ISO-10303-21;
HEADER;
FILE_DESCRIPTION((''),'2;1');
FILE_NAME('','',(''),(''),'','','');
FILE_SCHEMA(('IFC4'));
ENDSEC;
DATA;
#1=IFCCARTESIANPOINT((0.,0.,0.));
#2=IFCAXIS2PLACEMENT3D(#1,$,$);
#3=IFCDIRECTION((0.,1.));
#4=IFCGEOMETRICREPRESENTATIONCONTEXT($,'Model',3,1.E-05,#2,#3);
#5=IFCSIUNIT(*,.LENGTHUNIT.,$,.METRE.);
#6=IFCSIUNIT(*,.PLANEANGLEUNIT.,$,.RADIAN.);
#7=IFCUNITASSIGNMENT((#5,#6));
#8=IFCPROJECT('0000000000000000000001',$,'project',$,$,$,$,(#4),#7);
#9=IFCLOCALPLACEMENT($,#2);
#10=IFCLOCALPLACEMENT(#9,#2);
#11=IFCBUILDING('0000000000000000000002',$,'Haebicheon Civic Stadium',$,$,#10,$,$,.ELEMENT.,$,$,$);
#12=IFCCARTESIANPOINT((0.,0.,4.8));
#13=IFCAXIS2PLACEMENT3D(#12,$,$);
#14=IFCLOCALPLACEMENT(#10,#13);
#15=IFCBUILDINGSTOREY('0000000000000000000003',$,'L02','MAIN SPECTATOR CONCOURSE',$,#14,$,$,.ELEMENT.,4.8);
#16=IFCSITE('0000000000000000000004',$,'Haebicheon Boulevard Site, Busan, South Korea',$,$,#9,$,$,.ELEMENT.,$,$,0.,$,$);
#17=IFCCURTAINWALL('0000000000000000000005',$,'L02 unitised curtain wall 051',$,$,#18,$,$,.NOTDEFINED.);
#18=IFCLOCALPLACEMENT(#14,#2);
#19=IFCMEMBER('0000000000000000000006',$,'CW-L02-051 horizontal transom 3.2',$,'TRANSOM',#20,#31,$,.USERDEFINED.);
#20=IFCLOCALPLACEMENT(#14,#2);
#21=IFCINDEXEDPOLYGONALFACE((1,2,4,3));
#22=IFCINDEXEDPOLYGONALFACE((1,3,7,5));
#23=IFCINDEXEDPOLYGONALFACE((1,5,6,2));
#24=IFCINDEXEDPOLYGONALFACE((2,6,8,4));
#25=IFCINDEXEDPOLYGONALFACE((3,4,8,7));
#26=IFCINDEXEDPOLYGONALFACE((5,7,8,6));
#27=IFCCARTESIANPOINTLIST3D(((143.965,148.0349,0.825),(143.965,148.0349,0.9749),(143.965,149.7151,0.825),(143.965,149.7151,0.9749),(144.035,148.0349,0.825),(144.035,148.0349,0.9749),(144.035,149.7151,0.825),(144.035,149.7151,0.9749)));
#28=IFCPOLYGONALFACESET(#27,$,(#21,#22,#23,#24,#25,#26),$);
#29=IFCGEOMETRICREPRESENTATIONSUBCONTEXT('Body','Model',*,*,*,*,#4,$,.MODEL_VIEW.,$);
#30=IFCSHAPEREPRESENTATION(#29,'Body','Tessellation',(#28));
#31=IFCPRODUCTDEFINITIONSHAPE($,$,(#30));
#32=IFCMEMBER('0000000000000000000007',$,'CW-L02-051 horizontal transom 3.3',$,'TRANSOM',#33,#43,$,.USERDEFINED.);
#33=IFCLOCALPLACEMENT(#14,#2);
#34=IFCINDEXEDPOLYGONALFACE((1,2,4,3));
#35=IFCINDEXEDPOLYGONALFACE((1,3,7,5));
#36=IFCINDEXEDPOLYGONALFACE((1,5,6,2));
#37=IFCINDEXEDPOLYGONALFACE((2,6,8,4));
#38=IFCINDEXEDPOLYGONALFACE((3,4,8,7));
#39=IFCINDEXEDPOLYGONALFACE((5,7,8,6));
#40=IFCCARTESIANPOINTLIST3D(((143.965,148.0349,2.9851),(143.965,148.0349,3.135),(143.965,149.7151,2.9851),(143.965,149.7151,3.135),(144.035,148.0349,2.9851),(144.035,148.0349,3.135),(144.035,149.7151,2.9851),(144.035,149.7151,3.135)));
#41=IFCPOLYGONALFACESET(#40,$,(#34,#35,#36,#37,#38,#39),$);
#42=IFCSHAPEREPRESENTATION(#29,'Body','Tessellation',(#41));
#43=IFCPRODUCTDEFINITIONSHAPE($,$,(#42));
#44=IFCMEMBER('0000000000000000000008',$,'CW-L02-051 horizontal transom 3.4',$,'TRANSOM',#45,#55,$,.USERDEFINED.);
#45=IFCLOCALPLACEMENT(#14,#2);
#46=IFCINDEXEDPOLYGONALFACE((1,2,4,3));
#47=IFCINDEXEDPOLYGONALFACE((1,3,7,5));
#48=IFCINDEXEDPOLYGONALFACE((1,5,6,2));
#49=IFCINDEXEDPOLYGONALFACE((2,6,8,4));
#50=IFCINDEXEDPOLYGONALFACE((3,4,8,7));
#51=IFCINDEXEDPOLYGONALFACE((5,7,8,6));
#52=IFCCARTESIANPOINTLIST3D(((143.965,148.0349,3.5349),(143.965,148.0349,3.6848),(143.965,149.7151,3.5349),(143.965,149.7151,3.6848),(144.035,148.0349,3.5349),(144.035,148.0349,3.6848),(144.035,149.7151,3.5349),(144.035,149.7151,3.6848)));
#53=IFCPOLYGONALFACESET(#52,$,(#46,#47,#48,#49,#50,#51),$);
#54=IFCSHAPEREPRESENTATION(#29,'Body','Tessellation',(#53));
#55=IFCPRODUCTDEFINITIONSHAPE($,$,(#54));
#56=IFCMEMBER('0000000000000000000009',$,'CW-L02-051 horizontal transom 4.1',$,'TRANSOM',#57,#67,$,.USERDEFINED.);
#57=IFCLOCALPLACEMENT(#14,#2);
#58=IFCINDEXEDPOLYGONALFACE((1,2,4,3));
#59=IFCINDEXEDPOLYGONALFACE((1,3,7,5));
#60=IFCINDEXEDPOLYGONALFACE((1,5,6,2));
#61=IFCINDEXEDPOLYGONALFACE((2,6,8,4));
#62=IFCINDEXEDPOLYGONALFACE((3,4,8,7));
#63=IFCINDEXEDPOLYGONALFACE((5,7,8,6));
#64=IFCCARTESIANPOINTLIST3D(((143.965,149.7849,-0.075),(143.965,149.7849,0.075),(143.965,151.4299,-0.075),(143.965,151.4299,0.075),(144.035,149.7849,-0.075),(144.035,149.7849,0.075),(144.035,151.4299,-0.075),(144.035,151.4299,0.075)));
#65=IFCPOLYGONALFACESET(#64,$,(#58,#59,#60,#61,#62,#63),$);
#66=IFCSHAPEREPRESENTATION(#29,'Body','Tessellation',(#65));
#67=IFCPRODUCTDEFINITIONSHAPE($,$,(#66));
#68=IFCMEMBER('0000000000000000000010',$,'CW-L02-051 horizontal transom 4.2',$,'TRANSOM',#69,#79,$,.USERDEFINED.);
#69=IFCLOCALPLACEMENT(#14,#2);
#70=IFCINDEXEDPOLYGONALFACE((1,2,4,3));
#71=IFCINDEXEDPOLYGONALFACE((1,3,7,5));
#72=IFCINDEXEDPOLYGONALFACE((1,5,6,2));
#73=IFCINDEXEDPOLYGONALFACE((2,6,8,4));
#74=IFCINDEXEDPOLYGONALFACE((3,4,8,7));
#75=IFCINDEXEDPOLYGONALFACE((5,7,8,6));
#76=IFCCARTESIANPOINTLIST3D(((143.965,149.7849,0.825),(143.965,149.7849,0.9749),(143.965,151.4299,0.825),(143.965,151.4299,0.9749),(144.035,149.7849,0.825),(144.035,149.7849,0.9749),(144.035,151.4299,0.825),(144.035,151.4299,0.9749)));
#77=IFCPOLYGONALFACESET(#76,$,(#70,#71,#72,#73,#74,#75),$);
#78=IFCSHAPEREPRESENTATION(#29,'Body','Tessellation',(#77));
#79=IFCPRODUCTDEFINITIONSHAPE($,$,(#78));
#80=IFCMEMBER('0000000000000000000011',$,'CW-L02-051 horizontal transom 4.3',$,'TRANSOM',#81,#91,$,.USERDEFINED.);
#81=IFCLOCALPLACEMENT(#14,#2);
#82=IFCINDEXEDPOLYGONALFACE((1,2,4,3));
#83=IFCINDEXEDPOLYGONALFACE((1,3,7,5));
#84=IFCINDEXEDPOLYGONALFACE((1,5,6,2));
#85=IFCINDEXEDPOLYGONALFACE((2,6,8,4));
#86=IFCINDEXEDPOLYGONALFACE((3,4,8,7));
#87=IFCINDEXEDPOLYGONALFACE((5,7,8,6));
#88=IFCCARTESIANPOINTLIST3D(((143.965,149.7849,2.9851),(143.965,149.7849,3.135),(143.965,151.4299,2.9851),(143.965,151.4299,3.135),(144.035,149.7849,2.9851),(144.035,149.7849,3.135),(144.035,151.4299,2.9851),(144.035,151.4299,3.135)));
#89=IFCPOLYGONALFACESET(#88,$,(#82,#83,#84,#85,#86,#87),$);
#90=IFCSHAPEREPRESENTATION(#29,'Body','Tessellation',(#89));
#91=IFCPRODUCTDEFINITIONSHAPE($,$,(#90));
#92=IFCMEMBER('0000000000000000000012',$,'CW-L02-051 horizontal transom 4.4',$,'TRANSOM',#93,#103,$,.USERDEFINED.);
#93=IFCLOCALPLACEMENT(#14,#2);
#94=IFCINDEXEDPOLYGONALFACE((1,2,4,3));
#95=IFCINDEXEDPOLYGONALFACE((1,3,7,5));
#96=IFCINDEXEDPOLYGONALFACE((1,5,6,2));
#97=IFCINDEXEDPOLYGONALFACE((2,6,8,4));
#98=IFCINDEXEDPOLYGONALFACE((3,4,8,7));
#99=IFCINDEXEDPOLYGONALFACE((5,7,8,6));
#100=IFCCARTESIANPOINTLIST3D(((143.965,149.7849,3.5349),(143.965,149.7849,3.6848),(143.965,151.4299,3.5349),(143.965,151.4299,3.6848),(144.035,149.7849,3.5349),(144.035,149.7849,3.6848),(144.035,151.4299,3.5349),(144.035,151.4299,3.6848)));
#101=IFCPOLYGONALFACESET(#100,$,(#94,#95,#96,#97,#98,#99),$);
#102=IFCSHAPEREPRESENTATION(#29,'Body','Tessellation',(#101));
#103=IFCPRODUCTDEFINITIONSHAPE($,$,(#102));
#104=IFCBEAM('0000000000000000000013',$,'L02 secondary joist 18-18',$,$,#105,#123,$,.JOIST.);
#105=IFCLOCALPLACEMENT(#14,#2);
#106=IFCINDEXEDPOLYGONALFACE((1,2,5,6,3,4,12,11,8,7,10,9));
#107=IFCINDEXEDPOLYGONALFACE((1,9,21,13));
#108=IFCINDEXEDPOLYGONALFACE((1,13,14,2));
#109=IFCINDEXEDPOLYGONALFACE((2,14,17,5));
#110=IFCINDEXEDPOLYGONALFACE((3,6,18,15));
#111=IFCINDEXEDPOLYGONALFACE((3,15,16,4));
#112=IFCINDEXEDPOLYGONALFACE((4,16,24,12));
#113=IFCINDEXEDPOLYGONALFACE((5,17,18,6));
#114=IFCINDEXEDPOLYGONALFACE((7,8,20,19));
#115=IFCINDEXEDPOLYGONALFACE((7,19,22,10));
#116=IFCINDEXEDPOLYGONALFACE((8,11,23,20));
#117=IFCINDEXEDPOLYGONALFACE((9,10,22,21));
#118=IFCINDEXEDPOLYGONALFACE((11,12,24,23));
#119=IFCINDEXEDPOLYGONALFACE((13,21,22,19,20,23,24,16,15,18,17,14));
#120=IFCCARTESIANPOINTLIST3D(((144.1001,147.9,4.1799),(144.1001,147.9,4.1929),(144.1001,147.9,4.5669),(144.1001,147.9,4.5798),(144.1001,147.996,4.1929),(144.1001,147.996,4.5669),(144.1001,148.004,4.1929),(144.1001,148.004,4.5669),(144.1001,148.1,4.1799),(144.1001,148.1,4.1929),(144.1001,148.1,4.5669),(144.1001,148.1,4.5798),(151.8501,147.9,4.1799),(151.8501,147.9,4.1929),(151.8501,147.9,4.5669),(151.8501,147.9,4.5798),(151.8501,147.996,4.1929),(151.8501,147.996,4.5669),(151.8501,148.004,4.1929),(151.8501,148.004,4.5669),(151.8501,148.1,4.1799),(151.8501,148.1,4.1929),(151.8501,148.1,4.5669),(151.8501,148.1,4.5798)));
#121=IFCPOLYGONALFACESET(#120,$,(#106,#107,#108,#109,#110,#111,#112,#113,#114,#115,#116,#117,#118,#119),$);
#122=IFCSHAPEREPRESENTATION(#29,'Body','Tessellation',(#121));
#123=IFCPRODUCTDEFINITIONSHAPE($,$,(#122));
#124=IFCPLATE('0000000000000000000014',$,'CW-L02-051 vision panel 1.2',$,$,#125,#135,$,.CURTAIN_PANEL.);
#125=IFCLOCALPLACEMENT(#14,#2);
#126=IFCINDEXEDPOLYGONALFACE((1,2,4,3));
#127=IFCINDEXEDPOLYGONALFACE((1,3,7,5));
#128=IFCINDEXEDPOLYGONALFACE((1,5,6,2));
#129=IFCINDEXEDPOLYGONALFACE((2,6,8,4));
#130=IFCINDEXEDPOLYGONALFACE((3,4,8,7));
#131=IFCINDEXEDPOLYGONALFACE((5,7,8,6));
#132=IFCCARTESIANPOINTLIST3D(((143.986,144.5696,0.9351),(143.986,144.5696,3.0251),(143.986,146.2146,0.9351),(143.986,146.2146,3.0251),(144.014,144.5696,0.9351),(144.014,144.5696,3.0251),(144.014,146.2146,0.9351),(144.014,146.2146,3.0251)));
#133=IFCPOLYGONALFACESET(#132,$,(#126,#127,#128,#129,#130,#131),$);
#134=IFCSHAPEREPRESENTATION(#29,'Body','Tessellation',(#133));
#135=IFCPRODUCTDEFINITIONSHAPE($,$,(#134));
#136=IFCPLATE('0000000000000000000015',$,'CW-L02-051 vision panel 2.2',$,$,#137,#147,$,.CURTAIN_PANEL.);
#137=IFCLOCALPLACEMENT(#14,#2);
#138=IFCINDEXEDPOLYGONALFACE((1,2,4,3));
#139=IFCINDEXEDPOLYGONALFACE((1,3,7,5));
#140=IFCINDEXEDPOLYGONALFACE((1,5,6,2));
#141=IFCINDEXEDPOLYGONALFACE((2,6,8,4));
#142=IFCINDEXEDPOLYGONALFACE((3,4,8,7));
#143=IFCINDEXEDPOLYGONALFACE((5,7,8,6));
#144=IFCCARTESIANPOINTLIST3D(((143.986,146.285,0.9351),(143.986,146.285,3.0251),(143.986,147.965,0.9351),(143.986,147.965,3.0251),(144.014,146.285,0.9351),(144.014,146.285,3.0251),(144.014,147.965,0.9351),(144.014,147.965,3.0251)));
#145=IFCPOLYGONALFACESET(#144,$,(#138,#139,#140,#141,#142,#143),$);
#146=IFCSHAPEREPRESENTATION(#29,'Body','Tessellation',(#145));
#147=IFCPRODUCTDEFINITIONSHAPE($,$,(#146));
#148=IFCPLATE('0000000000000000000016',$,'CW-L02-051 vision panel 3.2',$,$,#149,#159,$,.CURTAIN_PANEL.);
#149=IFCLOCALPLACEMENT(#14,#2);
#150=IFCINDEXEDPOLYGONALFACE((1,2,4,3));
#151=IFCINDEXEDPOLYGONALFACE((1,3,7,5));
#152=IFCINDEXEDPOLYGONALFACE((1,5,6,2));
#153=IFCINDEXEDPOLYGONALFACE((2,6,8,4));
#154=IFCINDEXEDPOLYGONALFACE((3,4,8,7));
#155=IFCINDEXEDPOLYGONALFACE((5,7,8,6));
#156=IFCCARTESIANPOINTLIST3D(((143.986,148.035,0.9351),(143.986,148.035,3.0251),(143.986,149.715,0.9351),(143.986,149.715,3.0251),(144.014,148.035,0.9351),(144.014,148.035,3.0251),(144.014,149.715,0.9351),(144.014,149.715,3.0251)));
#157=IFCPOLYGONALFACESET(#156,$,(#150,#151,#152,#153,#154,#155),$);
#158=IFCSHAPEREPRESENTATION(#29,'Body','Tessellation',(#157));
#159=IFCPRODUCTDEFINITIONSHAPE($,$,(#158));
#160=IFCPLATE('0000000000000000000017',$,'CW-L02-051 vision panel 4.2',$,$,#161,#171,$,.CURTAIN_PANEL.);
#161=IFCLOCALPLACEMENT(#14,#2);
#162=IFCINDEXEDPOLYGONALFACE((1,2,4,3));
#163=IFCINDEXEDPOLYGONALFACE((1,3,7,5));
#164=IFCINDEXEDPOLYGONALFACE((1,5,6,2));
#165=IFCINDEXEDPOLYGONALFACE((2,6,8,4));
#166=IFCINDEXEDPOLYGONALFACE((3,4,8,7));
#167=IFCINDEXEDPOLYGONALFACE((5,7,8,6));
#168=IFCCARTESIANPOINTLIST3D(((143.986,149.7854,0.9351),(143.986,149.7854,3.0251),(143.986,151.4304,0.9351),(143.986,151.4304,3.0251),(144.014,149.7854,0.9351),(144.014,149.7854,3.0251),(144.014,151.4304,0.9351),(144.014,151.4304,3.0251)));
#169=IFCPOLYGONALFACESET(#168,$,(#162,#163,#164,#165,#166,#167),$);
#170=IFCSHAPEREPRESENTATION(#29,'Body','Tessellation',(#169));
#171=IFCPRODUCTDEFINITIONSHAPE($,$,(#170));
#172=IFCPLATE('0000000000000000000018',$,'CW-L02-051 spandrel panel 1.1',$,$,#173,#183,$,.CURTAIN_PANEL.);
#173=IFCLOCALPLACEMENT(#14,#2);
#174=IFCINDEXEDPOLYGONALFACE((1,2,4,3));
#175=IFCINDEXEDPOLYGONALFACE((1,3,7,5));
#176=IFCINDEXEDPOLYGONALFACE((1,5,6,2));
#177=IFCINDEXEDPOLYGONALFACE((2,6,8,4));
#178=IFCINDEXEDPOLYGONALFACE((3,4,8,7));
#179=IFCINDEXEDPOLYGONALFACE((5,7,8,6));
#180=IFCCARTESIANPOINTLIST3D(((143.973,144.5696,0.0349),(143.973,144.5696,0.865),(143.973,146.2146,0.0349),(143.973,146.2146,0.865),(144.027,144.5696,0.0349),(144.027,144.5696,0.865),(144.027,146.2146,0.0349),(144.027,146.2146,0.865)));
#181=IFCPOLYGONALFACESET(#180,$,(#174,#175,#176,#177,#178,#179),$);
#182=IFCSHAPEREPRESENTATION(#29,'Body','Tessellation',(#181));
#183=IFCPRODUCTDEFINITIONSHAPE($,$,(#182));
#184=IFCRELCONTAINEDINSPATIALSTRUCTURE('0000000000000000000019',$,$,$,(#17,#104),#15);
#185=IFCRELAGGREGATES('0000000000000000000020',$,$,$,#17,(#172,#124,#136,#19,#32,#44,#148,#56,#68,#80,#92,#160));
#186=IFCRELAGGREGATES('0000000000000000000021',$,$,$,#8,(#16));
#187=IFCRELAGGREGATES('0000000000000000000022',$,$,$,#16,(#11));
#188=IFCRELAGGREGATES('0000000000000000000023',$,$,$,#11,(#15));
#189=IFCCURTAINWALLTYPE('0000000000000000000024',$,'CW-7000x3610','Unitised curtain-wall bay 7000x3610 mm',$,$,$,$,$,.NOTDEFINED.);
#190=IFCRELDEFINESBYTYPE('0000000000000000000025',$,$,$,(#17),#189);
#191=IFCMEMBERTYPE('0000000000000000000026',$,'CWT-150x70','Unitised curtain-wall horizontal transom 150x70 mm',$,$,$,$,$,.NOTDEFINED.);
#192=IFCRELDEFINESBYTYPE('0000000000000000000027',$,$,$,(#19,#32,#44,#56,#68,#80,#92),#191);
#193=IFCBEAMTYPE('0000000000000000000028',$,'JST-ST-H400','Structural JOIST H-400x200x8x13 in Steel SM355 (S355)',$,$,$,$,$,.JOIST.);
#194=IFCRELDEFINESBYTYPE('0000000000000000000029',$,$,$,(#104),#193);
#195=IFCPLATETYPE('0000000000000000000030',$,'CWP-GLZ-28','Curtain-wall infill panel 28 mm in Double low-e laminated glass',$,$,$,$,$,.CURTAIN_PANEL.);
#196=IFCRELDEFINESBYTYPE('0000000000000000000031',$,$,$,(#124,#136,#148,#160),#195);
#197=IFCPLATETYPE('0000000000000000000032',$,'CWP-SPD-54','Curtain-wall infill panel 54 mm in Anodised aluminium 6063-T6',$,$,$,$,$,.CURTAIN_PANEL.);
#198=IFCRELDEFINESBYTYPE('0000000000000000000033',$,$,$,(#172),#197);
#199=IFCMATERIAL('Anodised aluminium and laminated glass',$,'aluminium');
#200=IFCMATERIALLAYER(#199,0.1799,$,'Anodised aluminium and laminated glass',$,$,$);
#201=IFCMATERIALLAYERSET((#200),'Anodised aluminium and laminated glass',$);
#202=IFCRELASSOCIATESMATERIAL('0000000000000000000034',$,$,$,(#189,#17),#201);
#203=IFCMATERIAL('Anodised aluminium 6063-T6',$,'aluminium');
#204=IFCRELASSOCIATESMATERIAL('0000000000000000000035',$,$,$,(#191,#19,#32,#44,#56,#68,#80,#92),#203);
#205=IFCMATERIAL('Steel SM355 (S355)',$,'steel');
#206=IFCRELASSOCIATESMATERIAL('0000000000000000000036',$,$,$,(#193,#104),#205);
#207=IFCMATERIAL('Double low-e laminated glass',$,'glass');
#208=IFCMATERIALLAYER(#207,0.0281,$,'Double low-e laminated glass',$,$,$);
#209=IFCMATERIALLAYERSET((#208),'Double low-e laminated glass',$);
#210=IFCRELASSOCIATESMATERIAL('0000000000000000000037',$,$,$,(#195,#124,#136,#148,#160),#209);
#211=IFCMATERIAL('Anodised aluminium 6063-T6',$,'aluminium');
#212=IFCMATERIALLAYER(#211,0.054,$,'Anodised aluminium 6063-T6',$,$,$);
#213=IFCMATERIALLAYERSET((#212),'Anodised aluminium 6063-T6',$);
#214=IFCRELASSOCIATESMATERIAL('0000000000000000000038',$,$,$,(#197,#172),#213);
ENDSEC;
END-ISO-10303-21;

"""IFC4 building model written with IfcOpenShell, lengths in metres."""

from ifc_helpers import new_model, si_unit, direction, frame, origin, origin_2d, place, context, subcontext, project, spatial, rectangle, i_section, extrude, material, layer, layer_set, material_profile, profile_set, type_object, element, aggregate, save


model = new_model("IFC4")

# Units and contexts
model_context = context("Model", 3, precision=1e-05, world=origin(), true_north=direction((0.0, 1.0)))
body_context = subcontext(model_context, "Body", "Model", "MODEL_VIEW")
ifc_project = project(units=[si_unit("LENGTHUNIT", "METRE"), si_unit("PLANEANGLEUNIT", "RADIAN")], contexts=[model_context])

# Site, building, storey
site_placement = place(None, origin())
site = spatial("IfcSite", under=ifc_project, at=site_placement, Name="Haebicheon Boulevard Site, Busan, South Korea", CompositionType="ELEMENT", RefElevation=0.0)
building_placement = place(site_placement, origin())
building = spatial("IfcBuilding", under=site, at=building_placement, Name="Haebicheon Civic Stadium", CompositionType="ELEMENT")
storey_placement = place(building_placement, frame((0.0, 0.0, 4.8)))
storey = spatial("IfcBuildingStorey", under=building, at=storey_placement, Name="L02", Description="MAIN SPECTATOR CONCOURSE", CompositionType="ELEMENT", Elevation=4.8)

# Curtain wall, members
ifc_material_1 = material(Name="Anodised aluminium and laminated glass", Category="aluminium")
ifc_layer_1 = layer(ifc_material_1, 0.1799, Name="Anodised aluminium and laminated glass")
ifc_layer_set_1 = layer_set([ifc_layer_1], Name="Anodised aluminium and laminated glass")
curtain_wall_type = type_object("IfcCurtainWallType", Name="CW-7000x3610", Description="Unitised curtain-wall bay 7000x3610 mm", PredefinedType="NOTDEFINED", material=ifc_layer_set_1)
curtain_wall_placement = place(storey_placement, origin())
curtain_wall = element("IfcCurtainWall", 1, at=curtain_wall_placement, inside=storey, type_object=curtain_wall_type, material=ifc_layer_set_1, Name="L02 unitised curtain wall 051", PredefinedType="NOTDEFINED")
ifc_material_2 = material(Name="Anodised aluminium 6063-T6", Category="aluminium")
ifc_material_profile_1 = material_profile(ifc_material_2, rectangle(XDim=0.0701, YDim=0.1499, at=origin_2d()), Name="ALU-TRAN-70x150")
ifc_profile_set_1 = profile_set([ifc_material_profile_1], Name="Anodised aluminium 6063-T6")
member_type_1 = type_object("IfcMemberType", Name="CWT-150x70", Description="Unitised curtain-wall horizontal transom 150x70 mm", PredefinedType="NOTDEFINED", material=ifc_profile_set_1)
member_1_placement = place(storey_placement, frame((144.0, 148.0349, 0.8999), z_axis=(0.0, 1.0, 0.0), x_axis=(-1.0, 0.0, 0.0)))
member_1 = element("IfcMember", 2, at=member_1_placement, type_object=member_type_1, material=ifc_profile_set_1, Name="CW-L02-051 horizontal transom 3.2", ObjectType="TRANSOM", PredefinedType="USERDEFINED", context=body_context, shape_type="SweptSolid", body=[
    extrude(rectangle(XDim=0.0701, YDim=0.1499, at=origin_2d()), origin(), (0.0, 0.0, 1.0), 1.6802),
])
member_2_placement = place(storey_placement, frame((144.0, 148.0349, 3.0601), z_axis=(0.0, 1.0, 0.0), x_axis=(-1.0, 0.0, 0.0)))
member_2 = element("IfcMember", 3, at=member_2_placement, type_object=member_type_1, material=ifc_profile_set_1, Name="CW-L02-051 horizontal transom 3.3", ObjectType="TRANSOM", PredefinedType="USERDEFINED", context=body_context, shape_type="SweptSolid", body=[
    extrude(rectangle(XDim=0.0701, YDim=0.1499, at=origin_2d()), origin(), (0.0, 0.0, 1.0), 1.6802),
])
member_3_placement = place(storey_placement, frame((144.0, 148.0349, 3.6099), z_axis=(0.0, 1.0, 0.0), x_axis=(-1.0, 0.0, 0.0)))
member_3 = element("IfcMember", 4, at=member_3_placement, type_object=member_type_1, material=ifc_profile_set_1, Name="CW-L02-051 horizontal transom 3.4", ObjectType="TRANSOM", PredefinedType="USERDEFINED", context=body_context, shape_type="SweptSolid", body=[
    extrude(rectangle(XDim=0.0701, YDim=0.1499, at=origin_2d()), origin(), (0.0, 0.0, 1.0), 1.6802),
])
member_4_placement = place(storey_placement, frame((144.0, 149.7849, 0.0), z_axis=(0.0, 1.0, 0.0), x_axis=(-1.0, 0.0, 0.0)))
member_4 = element("IfcMember", 5, at=member_4_placement, type_object=member_type_1, material=ifc_profile_set_1, Name="CW-L02-051 horizontal transom 4.1", ObjectType="TRANSOM", PredefinedType="USERDEFINED", context=body_context, shape_type="SweptSolid", body=[
    extrude(rectangle(XDim=0.0701, YDim=0.1499, at=origin_2d()), origin(), (0.0, 0.0, 1.0), 1.645),
])
member_5_placement = place(storey_placement, frame((144.0, 149.7849, 0.8999), z_axis=(0.0, 1.0, 0.0), x_axis=(-1.0, 0.0, 0.0)))
member_5 = element("IfcMember", 6, at=member_5_placement, type_object=member_type_1, material=ifc_profile_set_1, Name="CW-L02-051 horizontal transom 4.2", ObjectType="TRANSOM", PredefinedType="USERDEFINED", context=body_context, shape_type="SweptSolid", body=[
    extrude(rectangle(XDim=0.0701, YDim=0.1499, at=origin_2d()), origin(), (0.0, 0.0, 1.0), 1.645),
])
member_6_placement = place(storey_placement, frame((144.0, 149.7849, 3.0601), z_axis=(0.0, 1.0, 0.0), x_axis=(-1.0, 0.0, 0.0)))
member_6 = element("IfcMember", 7, at=member_6_placement, type_object=member_type_1, material=ifc_profile_set_1, Name="CW-L02-051 horizontal transom 4.3", ObjectType="TRANSOM", PredefinedType="USERDEFINED", context=body_context, shape_type="SweptSolid", body=[
    extrude(rectangle(XDim=0.0701, YDim=0.1499, at=origin_2d()), origin(), (0.0, 0.0, 1.0), 1.645),
])
member_7_placement = place(storey_placement, frame((144.0, 149.7849, 3.6099), z_axis=(0.0, 1.0, 0.0), x_axis=(-1.0, 0.0, 0.0)))
member_7 = element("IfcMember", 8, at=member_7_placement, type_object=member_type_1, material=ifc_profile_set_1, Name="CW-L02-051 horizontal transom 4.4", ObjectType="TRANSOM", PredefinedType="USERDEFINED", context=body_context, shape_type="SweptSolid", body=[
    extrude(rectangle(XDim=0.0701, YDim=0.1499, at=origin_2d()), origin(), (0.0, 0.0, 1.0), 1.645),
])

# Beam
ifc_material_3 = material(Name="Steel SM355 (S355)", Category="steel")
ifc_material_profile_2 = material_profile(ifc_material_3, i_section(OverallWidth=0.2, OverallDepth=0.3999, WebThickness=0.0081, FlangeThickness=0.0129, at=origin_2d()), Name="H-400x200x8x13")
ifc_profile_set_2 = profile_set([ifc_material_profile_2], Name="Steel SM355 (S355)")
beam_type = type_object("IfcBeamType", Name="JST-ST-H400", Description="Structural JOIST H-400x200x8x13 in Steel SM355 (S355)", PredefinedType="JOIST", material=ifc_profile_set_2)
beam_placement = place(storey_placement, frame((144.1001, 148.0, 4.3799), z_axis=(1.0, 0.0, 0.0), x_axis=(0.0, 1.0, 0.0)))
element("IfcBeam", 9, at=beam_placement, inside=storey, type_object=beam_type, material=ifc_profile_set_2, Name="L02 secondary joist 18-18", PredefinedType="JOIST", context=body_context, shape_type="SweptSolid", body=[
    extrude(i_section(OverallWidth=0.2, OverallDepth=0.3999, WebThickness=0.0081, FlangeThickness=0.0129, at=origin_2d()), origin(), (0.0, 0.0, 1.0), 7.75),
])

# Plates
ifc_material_4 = material(Name="Double low-e laminated glass", Category="glass")
ifc_layer_2 = layer(ifc_material_4, 0.0281, Name="Double low-e laminated glass")
ifc_layer_set_2 = layer_set([ifc_layer_2], Name="Double low-e laminated glass")
plate_type_1 = type_object("IfcPlateType", Name="CWP-GLZ-28", Description="Curtain-wall infill panel 28 mm in Double low-e laminated glass", PredefinedType="CURTAIN_PANEL", material=ifc_layer_set_2)
plate_1_placement = place(storey_placement, frame((144.0, 145.3921, 0.9351), z_axis=(0.0, 0.0, 1.0), x_axis=(0.0, 1.0, 0.0)))
plate_1 = element("IfcPlate", 10, at=plate_1_placement, type_object=plate_type_1, material=ifc_layer_set_2, Name="CW-L02-051 vision panel 1.2", PredefinedType="CURTAIN_PANEL", context=body_context, shape_type="SweptSolid", body=[
    extrude(rectangle(XDim=1.645, YDim=0.0281, at=origin_2d()), origin(), (0.0, 0.0, 1.0), 2.0901),
])
plate_2_placement = place(storey_placement, frame((144.0, 147.125, 0.9351), z_axis=(0.0, 0.0, 1.0), x_axis=(0.0, 1.0, 0.0)))
plate_2 = element("IfcPlate", 11, at=plate_2_placement, type_object=plate_type_1, material=ifc_layer_set_2, Name="CW-L02-051 vision panel 2.2", PredefinedType="CURTAIN_PANEL", context=body_context, shape_type="SweptSolid", body=[
    extrude(rectangle(XDim=1.6799, YDim=0.0281, at=origin_2d()), origin(), (0.0, 0.0, 1.0), 2.0901),
])
plate_3_placement = place(storey_placement, frame((144.0, 148.875, 0.9351), z_axis=(0.0, 0.0, 1.0), x_axis=(0.0, 1.0, 0.0)))
plate_3 = element("IfcPlate", 12, at=plate_3_placement, type_object=plate_type_1, material=ifc_layer_set_2, Name="CW-L02-051 vision panel 3.2", PredefinedType="CURTAIN_PANEL", context=body_context, shape_type="SweptSolid", body=[
    extrude(rectangle(XDim=1.6799, YDim=0.0281, at=origin_2d()), origin(), (0.0, 0.0, 1.0), 2.0901),
])
plate_4_placement = place(storey_placement, frame((144.0, 150.6079, 0.9351), z_axis=(0.0, 0.0, 1.0), x_axis=(0.0, 1.0, 0.0)))
plate_4 = element("IfcPlate", 13, at=plate_4_placement, type_object=plate_type_1, material=ifc_layer_set_2, Name="CW-L02-051 vision panel 4.2", PredefinedType="CURTAIN_PANEL", context=body_context, shape_type="SweptSolid", body=[
    extrude(rectangle(XDim=1.645, YDim=0.0281, at=origin_2d()), origin(), (0.0, 0.0, 1.0), 2.0901),
])
ifc_material_5 = material(Name="Anodised aluminium 6063-T6", Category="aluminium")
ifc_layer_3 = layer(ifc_material_5, 0.054, Name="Anodised aluminium 6063-T6")
ifc_layer_set_3 = layer_set([ifc_layer_3], Name="Anodised aluminium 6063-T6")
plate_type_2 = type_object("IfcPlateType", Name="CWP-SPD-54", Description="Curtain-wall infill panel 54 mm in Anodised aluminium 6063-T6", PredefinedType="CURTAIN_PANEL", material=ifc_layer_set_3)
plate_5_placement = place(storey_placement, frame((144.0, 145.3921, 0.0349), z_axis=(0.0, 0.0, 1.0), x_axis=(0.0, 1.0, 0.0)))
plate_5 = element("IfcPlate", 14, at=plate_5_placement, type_object=plate_type_2, material=ifc_layer_set_3, Name="CW-L02-051 spandrel panel 1.1", PredefinedType="CURTAIN_PANEL", context=body_context, shape_type="SweptSolid", body=[
    extrude(rectangle(XDim=1.645, YDim=0.054, at=origin_2d()), origin(), (0.0, 0.0, 1.0), 0.8301),
])
aggregate(curtain_wall, [plate_5, plate_1, plate_2, member_1, member_2, member_3, plate_3, member_4, member_5, member_6, member_7, plate_4])

save(model, "model.ifc")
